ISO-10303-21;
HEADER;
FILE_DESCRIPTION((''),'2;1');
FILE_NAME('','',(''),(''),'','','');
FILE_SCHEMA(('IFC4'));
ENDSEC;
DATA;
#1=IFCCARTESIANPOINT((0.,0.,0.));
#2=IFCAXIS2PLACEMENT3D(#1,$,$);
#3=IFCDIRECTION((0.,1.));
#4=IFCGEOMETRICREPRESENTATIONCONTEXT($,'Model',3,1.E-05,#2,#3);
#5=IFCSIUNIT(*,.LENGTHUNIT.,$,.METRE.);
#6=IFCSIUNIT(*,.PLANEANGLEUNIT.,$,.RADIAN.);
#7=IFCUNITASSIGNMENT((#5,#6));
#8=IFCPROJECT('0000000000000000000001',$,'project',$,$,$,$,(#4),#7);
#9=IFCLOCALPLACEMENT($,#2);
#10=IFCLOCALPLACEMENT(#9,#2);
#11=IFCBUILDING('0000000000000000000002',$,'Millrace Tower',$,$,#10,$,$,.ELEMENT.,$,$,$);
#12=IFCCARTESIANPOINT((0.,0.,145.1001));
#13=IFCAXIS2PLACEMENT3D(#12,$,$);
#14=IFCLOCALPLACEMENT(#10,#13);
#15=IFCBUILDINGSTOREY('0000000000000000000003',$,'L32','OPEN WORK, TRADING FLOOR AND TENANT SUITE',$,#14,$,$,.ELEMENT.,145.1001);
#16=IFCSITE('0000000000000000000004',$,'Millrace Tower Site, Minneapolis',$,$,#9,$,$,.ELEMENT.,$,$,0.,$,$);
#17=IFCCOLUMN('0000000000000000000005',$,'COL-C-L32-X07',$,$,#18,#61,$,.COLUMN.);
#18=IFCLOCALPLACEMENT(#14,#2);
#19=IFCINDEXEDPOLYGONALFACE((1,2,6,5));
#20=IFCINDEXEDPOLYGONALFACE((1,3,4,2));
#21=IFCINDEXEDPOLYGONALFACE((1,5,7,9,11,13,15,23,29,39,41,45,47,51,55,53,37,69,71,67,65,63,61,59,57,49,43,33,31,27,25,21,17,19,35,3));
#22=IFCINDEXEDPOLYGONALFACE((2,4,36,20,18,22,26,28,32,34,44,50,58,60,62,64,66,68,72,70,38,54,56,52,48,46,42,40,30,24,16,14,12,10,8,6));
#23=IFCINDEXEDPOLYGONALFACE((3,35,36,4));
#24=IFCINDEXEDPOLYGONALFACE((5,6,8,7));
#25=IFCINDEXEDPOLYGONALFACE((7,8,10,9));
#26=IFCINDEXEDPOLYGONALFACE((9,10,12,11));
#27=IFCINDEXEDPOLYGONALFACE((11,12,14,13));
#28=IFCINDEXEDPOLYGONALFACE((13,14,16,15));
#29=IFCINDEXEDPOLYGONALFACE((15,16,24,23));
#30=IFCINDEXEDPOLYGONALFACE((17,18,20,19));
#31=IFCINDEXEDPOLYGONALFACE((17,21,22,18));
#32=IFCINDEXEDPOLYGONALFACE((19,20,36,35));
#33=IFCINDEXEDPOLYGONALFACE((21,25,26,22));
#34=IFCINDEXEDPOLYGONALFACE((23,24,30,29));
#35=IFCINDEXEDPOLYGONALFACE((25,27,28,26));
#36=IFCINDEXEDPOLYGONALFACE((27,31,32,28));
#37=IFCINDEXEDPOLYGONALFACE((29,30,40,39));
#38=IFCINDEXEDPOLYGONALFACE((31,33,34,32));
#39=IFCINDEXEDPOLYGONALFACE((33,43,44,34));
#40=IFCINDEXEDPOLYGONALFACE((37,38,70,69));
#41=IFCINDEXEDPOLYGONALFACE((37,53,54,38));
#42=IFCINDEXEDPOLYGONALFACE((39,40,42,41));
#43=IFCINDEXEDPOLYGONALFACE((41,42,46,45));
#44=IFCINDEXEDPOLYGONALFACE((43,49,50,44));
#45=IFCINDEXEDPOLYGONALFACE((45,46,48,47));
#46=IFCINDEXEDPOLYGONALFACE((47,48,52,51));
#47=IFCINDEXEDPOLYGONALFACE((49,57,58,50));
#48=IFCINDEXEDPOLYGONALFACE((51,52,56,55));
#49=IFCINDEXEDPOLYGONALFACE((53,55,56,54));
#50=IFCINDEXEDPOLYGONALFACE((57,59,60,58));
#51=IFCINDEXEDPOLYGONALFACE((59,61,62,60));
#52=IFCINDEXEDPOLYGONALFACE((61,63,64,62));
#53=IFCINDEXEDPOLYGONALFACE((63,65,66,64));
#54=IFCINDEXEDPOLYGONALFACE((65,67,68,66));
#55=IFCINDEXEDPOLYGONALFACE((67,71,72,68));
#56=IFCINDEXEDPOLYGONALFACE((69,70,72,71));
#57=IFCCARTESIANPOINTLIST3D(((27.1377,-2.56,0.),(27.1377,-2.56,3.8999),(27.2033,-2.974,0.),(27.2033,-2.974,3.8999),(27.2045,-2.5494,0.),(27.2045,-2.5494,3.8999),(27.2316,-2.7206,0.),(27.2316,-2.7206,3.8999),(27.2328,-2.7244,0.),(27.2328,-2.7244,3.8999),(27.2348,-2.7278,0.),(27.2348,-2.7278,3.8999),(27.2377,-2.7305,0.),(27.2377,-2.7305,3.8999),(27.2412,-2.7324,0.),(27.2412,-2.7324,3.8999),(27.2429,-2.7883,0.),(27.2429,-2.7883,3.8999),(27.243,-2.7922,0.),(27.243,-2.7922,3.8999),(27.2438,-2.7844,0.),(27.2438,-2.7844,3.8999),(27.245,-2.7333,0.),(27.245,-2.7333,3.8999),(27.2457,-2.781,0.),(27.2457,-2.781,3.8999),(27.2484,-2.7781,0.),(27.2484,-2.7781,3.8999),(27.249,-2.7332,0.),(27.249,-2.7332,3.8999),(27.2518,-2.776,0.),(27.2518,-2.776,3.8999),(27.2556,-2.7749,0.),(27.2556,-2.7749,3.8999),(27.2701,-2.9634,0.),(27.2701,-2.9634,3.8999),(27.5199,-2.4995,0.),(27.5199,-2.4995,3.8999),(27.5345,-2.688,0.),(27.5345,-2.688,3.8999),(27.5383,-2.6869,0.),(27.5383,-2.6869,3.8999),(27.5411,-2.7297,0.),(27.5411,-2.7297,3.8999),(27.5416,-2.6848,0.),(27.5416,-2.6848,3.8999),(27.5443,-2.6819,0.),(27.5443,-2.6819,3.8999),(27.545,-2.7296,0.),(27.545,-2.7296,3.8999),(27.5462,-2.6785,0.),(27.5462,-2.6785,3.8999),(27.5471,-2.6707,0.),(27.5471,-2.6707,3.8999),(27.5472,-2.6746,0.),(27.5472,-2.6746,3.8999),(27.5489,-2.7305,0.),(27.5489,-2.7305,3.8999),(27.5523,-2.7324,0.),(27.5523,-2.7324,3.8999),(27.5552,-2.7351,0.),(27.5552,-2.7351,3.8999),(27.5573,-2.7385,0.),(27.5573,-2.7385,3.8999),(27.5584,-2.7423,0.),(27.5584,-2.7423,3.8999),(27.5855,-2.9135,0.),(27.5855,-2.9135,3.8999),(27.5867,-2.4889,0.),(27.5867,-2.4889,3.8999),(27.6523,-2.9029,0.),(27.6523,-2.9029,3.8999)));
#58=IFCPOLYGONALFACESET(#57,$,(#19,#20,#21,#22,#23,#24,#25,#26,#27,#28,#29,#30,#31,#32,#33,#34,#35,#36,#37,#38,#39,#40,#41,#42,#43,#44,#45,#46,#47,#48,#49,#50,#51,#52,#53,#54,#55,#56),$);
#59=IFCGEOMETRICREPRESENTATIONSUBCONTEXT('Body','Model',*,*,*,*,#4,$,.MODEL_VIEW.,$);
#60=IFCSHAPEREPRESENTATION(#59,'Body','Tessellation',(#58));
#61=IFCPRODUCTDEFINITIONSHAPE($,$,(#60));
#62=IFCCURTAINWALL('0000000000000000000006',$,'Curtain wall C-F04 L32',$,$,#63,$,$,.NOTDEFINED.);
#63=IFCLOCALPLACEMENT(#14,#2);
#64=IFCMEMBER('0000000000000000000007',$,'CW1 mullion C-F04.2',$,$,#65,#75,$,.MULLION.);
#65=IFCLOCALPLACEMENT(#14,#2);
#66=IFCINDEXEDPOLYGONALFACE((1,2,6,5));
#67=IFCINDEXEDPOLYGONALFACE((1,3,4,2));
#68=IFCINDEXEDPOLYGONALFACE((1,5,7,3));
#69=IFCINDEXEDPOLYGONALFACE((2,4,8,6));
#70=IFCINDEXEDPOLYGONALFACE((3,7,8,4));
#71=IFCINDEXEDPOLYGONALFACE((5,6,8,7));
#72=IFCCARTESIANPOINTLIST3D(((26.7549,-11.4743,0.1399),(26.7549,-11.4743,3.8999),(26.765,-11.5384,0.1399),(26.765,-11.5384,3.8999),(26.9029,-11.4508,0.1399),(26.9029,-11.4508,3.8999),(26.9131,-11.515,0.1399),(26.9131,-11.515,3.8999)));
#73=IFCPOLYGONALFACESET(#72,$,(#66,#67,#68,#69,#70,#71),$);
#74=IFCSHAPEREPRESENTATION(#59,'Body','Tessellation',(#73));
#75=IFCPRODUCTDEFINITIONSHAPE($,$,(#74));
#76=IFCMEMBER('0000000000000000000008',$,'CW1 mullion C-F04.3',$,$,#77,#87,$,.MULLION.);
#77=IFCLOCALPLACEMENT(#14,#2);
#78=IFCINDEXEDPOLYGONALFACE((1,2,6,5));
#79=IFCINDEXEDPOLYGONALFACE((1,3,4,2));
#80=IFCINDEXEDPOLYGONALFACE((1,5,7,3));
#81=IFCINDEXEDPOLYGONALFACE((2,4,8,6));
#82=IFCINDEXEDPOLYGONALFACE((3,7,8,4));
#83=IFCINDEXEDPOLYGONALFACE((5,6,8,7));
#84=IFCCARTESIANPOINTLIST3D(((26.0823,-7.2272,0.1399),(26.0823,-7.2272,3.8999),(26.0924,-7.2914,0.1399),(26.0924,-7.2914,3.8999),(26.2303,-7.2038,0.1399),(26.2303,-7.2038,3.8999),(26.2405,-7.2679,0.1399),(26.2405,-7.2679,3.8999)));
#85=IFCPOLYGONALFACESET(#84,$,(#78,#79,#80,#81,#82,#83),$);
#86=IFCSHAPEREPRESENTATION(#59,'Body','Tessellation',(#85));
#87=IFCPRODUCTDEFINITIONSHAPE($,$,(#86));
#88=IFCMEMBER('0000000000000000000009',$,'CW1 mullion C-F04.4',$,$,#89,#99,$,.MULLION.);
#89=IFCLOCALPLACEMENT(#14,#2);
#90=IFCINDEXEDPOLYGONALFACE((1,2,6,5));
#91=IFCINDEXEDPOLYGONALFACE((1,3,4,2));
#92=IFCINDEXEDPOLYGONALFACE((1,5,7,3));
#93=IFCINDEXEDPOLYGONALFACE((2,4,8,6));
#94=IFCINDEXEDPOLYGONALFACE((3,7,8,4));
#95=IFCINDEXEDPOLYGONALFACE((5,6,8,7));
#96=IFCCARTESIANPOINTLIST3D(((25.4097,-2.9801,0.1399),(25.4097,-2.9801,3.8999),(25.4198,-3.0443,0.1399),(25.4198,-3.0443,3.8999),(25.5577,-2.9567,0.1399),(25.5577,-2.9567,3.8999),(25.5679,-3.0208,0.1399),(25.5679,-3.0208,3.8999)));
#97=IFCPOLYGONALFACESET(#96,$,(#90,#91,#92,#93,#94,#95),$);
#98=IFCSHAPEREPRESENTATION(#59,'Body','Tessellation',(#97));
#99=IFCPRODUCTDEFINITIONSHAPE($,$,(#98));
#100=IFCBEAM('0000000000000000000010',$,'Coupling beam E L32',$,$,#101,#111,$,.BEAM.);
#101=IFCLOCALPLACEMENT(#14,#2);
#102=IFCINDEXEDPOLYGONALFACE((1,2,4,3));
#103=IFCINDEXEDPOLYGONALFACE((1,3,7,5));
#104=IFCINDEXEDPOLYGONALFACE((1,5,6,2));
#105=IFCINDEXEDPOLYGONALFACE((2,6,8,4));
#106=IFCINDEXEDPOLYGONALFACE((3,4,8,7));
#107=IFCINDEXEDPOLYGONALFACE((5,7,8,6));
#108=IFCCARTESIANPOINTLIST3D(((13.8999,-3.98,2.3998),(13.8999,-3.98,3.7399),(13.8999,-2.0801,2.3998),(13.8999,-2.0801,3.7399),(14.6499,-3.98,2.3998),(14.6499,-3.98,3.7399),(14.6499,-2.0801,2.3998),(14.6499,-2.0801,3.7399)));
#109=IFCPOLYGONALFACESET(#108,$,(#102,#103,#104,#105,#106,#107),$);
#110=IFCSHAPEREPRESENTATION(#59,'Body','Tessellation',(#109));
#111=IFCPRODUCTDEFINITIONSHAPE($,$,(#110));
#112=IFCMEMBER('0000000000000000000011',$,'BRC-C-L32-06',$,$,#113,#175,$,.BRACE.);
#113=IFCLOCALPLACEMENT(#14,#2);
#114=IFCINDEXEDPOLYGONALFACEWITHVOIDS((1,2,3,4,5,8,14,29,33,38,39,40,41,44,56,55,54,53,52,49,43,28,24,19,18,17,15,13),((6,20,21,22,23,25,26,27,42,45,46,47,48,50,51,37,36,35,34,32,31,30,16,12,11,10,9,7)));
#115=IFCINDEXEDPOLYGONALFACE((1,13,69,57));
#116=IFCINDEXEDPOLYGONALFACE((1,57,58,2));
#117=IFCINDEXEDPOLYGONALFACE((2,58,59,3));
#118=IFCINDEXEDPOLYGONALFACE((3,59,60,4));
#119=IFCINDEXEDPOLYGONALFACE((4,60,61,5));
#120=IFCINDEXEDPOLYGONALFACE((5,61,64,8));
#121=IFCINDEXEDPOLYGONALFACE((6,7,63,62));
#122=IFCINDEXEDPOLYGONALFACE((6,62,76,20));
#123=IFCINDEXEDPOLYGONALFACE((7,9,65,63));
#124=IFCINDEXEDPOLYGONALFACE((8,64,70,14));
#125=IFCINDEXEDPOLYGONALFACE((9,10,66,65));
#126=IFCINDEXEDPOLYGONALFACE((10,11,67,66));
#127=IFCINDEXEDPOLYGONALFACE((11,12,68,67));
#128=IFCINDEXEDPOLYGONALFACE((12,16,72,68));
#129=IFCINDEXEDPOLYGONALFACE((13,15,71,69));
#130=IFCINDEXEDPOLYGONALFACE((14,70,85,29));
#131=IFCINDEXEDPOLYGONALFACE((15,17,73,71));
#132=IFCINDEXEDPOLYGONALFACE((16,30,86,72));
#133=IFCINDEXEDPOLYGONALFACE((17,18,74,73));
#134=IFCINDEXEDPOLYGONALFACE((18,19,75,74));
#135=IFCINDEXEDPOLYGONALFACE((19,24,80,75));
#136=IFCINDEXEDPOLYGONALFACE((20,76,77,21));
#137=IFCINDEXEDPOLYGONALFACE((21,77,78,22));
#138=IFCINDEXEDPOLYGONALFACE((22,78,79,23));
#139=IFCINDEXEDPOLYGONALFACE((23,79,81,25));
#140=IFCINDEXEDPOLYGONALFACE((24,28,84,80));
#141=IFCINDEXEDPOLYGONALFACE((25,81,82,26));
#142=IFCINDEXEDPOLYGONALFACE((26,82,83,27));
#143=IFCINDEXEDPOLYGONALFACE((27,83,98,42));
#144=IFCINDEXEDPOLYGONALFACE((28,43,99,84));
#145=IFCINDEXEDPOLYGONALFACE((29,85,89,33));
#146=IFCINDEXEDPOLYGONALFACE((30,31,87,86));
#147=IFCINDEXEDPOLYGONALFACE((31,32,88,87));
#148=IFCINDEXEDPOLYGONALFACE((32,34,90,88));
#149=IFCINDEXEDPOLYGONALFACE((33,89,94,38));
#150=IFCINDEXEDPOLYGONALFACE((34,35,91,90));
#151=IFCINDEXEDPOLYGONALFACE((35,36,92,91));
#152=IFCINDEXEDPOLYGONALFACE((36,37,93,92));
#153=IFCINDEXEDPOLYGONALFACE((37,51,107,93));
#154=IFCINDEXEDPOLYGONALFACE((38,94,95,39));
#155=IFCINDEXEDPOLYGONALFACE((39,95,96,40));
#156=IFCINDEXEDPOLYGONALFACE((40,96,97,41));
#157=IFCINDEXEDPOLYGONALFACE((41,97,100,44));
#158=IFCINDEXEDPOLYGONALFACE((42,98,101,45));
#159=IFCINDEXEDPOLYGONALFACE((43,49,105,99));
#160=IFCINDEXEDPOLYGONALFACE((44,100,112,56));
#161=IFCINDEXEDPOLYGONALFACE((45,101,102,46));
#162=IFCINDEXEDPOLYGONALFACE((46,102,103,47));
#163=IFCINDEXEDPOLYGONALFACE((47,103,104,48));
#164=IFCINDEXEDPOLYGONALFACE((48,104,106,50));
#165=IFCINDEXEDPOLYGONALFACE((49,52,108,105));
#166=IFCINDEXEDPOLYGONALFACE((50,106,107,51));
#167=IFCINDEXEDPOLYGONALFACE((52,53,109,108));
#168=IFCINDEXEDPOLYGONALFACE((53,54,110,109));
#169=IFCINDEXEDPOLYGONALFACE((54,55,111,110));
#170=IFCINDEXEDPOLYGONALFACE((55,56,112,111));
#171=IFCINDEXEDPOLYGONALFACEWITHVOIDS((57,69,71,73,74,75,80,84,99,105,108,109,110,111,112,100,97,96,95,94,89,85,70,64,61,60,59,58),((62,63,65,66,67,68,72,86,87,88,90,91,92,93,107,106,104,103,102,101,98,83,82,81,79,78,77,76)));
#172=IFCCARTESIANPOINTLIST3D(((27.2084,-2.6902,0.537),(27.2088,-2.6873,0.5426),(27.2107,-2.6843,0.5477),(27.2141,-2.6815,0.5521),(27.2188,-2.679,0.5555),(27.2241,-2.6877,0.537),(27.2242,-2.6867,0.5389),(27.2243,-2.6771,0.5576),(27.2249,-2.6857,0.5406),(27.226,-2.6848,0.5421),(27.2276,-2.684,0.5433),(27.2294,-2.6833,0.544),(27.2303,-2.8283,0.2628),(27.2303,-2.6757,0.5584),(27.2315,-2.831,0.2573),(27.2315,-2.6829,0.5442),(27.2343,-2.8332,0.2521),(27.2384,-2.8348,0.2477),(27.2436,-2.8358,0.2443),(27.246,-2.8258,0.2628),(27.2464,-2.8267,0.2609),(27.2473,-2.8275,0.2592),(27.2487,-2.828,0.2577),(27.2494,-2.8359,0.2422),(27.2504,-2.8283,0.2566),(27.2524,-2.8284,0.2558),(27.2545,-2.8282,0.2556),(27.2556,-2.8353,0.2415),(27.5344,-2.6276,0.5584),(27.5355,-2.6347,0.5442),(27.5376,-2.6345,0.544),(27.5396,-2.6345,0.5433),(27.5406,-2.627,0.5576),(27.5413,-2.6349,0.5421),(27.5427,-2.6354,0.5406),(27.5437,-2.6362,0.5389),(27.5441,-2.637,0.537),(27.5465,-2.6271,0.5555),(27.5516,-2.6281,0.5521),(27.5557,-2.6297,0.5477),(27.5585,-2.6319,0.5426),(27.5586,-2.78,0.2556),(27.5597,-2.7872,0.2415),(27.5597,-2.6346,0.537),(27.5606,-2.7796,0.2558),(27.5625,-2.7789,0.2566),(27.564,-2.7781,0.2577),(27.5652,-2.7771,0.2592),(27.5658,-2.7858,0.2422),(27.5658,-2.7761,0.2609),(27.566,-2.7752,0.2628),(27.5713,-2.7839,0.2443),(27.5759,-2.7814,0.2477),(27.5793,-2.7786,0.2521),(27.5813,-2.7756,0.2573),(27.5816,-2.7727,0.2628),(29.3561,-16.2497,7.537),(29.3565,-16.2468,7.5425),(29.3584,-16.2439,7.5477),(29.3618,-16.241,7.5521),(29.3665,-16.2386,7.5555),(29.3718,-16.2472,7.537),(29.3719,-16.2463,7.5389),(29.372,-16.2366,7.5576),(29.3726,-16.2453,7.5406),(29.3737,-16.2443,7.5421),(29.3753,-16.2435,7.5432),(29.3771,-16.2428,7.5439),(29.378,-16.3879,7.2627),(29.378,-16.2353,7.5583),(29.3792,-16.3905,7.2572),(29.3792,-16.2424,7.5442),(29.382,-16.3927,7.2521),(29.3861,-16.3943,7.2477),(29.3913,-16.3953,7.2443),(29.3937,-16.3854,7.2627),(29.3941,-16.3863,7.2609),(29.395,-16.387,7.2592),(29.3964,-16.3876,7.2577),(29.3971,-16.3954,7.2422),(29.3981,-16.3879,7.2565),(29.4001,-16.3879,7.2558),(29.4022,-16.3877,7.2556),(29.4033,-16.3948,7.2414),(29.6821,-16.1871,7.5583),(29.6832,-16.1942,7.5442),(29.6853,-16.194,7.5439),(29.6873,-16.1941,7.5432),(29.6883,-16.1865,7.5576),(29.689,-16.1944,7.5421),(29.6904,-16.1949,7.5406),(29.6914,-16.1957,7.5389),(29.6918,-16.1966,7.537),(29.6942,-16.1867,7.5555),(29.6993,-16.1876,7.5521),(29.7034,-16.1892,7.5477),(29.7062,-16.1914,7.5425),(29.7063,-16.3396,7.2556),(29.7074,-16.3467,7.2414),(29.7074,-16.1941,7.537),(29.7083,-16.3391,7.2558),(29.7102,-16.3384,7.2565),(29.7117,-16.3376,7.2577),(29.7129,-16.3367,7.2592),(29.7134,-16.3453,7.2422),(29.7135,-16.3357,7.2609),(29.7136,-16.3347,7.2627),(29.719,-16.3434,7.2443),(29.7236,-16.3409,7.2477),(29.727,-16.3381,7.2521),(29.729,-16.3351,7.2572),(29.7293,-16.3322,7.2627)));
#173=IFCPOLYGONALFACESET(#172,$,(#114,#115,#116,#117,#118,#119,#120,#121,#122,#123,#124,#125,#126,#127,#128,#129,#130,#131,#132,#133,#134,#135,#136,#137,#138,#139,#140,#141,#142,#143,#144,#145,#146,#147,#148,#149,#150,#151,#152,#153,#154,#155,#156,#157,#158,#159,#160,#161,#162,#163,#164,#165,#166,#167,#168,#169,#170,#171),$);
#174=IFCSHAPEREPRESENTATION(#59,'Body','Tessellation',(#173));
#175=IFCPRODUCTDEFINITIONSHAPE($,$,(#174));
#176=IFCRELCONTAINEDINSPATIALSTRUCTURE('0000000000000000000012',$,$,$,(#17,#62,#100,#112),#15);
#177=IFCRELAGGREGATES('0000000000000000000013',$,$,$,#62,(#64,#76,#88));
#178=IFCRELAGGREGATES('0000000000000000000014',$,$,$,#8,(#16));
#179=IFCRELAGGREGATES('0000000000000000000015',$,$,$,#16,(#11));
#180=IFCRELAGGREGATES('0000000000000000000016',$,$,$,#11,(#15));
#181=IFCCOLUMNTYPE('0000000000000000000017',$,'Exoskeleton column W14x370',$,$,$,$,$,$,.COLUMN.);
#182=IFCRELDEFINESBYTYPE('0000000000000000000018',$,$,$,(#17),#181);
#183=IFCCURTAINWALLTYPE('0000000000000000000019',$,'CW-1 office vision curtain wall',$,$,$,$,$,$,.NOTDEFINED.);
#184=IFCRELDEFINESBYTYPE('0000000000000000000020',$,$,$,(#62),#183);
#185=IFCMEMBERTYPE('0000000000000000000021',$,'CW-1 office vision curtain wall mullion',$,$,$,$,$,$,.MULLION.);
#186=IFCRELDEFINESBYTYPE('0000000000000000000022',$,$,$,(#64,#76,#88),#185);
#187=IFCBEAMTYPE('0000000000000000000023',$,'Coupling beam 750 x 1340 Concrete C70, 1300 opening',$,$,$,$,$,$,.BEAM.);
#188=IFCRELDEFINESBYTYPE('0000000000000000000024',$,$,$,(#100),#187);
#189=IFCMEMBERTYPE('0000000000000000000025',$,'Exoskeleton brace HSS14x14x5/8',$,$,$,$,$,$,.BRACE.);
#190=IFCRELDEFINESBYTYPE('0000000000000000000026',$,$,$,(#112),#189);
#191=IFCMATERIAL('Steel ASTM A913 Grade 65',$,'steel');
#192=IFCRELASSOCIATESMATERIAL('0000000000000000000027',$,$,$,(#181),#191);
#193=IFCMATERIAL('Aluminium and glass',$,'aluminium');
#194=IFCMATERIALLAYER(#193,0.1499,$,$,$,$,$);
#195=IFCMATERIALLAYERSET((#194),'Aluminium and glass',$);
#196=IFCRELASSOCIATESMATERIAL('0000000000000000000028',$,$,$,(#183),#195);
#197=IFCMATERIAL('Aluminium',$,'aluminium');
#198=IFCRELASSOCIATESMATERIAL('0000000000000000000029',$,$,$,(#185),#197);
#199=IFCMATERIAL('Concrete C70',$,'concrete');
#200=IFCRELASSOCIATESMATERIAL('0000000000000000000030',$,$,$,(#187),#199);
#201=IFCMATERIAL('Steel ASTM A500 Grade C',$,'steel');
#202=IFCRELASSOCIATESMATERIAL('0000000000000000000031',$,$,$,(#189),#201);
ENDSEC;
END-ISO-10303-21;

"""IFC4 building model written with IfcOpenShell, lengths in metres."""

from ifc_helpers import new_model, si_unit, direction, frame, origin, origin_2d, place, context, subcontext, project, spatial, rectangle, hollow_rectangle, i_section, extrude, material, layer, layer_set, material_profile, profile_set, type_object, element, aggregate, save


model = new_model("IFC4")

# Units and contexts
model_context = context("Model", 3, precision=1e-05, world=origin(), true_north=direction((0.0, 1.0)))
body_context = subcontext(model_context, "Body", "Model", "MODEL_VIEW")
ifc_project = project(units=[si_unit("LENGTHUNIT", "METRE"), si_unit("PLANEANGLEUNIT", "RADIAN")], contexts=[model_context])

# Site, building, storey
site_placement = place(None, origin())
site = spatial("IfcSite", under=ifc_project, at=site_placement, Name="Millrace Tower Site, Minneapolis", CompositionType="ELEMENT", RefElevation=0.0)
building_placement = place(site_placement, origin())
building = spatial("IfcBuilding", under=site, at=building_placement, Name="Millrace Tower", CompositionType="ELEMENT")
storey_placement = place(building_placement, frame((0.0, 0.0, 145.1001)))
storey = spatial("IfcBuildingStorey", under=building, at=storey_placement, Name="L32", Description="OPEN WORK, TRADING FLOOR AND TENANT SUITE", CompositionType="ELEMENT", Elevation=145.1001)

# Column
ifc_material_1 = material(Name="Steel ASTM A913 Grade 65", Category="steel")
ifc_material_profile_1 = material_profile(ifc_material_1, i_section(OverallWidth=0.4192, OverallDepth=0.4546, WebThickness=0.0422, FlangeThickness=0.0676, FilletRadius=0.0151, at=origin_2d()))
ifc_profile_set_1 = profile_set([ifc_material_profile_1], Name="Steel ASTM A913 Grade 65")
column_type = type_object("IfcColumnType", Name="Exoskeleton column W14x370", PredefinedType="COLUMN", material=ifc_profile_set_1)
column_placement = place(storey_placement, frame((27.395, -2.7314, 0.0), z_axis=(0.0, 0.0, 1.0), x_axis=(-0.156434, 0.987688, 0.0)))
element("IfcColumn", 1, at=column_placement, inside=storey, type_object=column_type, Name="COL-C-L32-X07", PredefinedType="COLUMN", context=body_context, shape_type="SweptSolid", body=[
    extrude(i_section(OverallWidth=0.4192, OverallDepth=0.4546, WebThickness=0.0422, FlangeThickness=0.0676, FilletRadius=0.0151, at=origin_2d()), origin(), (0.0, 0.0, 1.0), 3.8999),
])

# Curtain wall, members
ifc_material_2 = material(Name="Aluminium and glass", Category="aluminium")
ifc_layer_1 = layer(ifc_material_2, 0.1499)
ifc_layer_set_1 = layer_set([ifc_layer_1], Name="Aluminium and glass")
curtain_wall_type = type_object("IfcCurtainWallType", Name="CW-1 office vision curtain wall", PredefinedType="NOTDEFINED", material=ifc_layer_set_1)
placement = place(storey_placement, origin())
curtain_wall = element("IfcCurtainWall", 2, at=placement, inside=storey, type_object=curtain_wall_type, Name="Curtain wall C-F04 L32", PredefinedType="NOTDEFINED")
ifc_material_3 = material(Name="Aluminium", Category="aluminium")
ifc_material_profile_2 = material_profile(ifc_material_3, rectangle(XDim=0.0649, YDim=0.1499, at=origin_2d()))
ifc_profile_set_2 = profile_set([ifc_material_profile_2], Name="Aluminium")
member_type_1 = type_object("IfcMemberType", Name="CW-1 office vision curtain wall mullion", PredefinedType="MULLION", material=ifc_profile_set_2)
member_1_placement = place(storey_placement, frame((26.834, -11.4946, 0.1399), z_axis=(0.0, 0.0, 1.0), x_axis=(-0.156434, 0.987688, 0.0)))
member_1 = element("IfcMember", 3, at=member_1_placement, type_object=member_type_1, Name="CW1 mullion C-F04.2", PredefinedType="MULLION", context=body_context, shape_type="SweptSolid", body=[
    extrude(rectangle(XDim=0.0649, YDim=0.1499, at=origin_2d()), origin(), (0.0, 0.0, 1.0), 3.76),
])
member_2_placement = place(storey_placement, frame((26.1614, -7.2476, 0.1399), z_axis=(0.0, 0.0, 1.0), x_axis=(-0.156434, 0.987688, 0.0)))
member_2 = element("IfcMember", 4, at=member_2_placement, type_object=member_type_1, Name="CW1 mullion C-F04.3", PredefinedType="MULLION", context=body_context, shape_type="SweptSolid", body=[
    extrude(rectangle(XDim=0.0649, YDim=0.1499, at=origin_2d()), origin(), (0.0, 0.0, 1.0), 3.76),
])
member_3_placement = place(storey_placement, frame((25.4888, -3.0005, 0.1399), z_axis=(0.0, 0.0, 1.0), x_axis=(-0.156434, 0.987688, 0.0)))
member_3 = element("IfcMember", 5, at=member_3_placement, type_object=member_type_1, Name="CW1 mullion C-F04.4", PredefinedType="MULLION", context=body_context, shape_type="SweptSolid", body=[
    extrude(rectangle(XDim=0.0649, YDim=0.1499, at=origin_2d()), origin(), (0.0, 0.0, 1.0), 3.76),
])
aggregate(curtain_wall, [member_1, member_2, member_3])

# Beam
ifc_material_4 = material(Name="Concrete C70", Category="concrete")
ifc_material_profile_3 = material_profile(ifc_material_4, rectangle(XDim=0.75, YDim=1.3401, at=origin_2d()))
ifc_profile_set_3 = profile_set([ifc_material_profile_3], Name="Concrete C70")
beam_type_1 = type_object("IfcBeamType", Name="Coupling beam 750 x 1340 Concrete C70, 1300 opening", PredefinedType="BEAM", material=ifc_profile_set_3)
beam_1_placement = place(storey_placement, frame((14.2749, -2.0801, 3.0698), z_axis=(0.0, -1.0, 0.0), x_axis=(1.0, 0.0, 0.0)))
element("IfcBeam", 6, at=beam_1_placement, inside=storey, type_object=beam_type_1, Name="Coupling beam E L32", PredefinedType="BEAM", context=body_context, shape_type="SweptSolid", body=[
    extrude(rectangle(XDim=0.75, YDim=1.3401, at=origin_2d()), origin(), (0.0, 0.0, 1.0), 1.8999),
])

# Member
ifc_material_5 = material(Name="Steel ASTM A500 Grade C", Category="steel")
ifc_material_profile_4 = material_profile(ifc_material_5, hollow_rectangle(XDim=0.3557, YDim=0.3557, WallThickness=0.0159, InnerFilletRadius=0.0081, OuterFilletRadius=0.0239, at=origin_2d()))
ifc_profile_set_4 = profile_set([ifc_material_profile_4], Name="Steel ASTM A500 Grade C")
member_type_2 = type_object("IfcMemberType", Name="Exoskeleton brace HSS14x14x5/8", PredefinedType="BRACE", material=ifc_profile_set_4)
member_4_placement = place(storey_placement, frame((27.395, -2.7314, 0.3999), z_axis=(0.139369, -0.879908, 0.454244), x_axis=(0.987687, 0.15644, 0.0)))
element("IfcMember", 7, at=member_4_placement, inside=storey, type_object=member_type_2, Name="BRC-C-L32-06", PredefinedType="BRACE", context=body_context, shape_type="SweptSolid", body=[
    extrude(hollow_rectangle(XDim=0.3557, YDim=0.3557, WallThickness=0.0159, InnerFilletRadius=0.0081, OuterFilletRadius=0.0239, at=origin_2d()), origin(), (0.0, 0.0, 1.0), 15.4102),
])

save(model, "model.ifc")
